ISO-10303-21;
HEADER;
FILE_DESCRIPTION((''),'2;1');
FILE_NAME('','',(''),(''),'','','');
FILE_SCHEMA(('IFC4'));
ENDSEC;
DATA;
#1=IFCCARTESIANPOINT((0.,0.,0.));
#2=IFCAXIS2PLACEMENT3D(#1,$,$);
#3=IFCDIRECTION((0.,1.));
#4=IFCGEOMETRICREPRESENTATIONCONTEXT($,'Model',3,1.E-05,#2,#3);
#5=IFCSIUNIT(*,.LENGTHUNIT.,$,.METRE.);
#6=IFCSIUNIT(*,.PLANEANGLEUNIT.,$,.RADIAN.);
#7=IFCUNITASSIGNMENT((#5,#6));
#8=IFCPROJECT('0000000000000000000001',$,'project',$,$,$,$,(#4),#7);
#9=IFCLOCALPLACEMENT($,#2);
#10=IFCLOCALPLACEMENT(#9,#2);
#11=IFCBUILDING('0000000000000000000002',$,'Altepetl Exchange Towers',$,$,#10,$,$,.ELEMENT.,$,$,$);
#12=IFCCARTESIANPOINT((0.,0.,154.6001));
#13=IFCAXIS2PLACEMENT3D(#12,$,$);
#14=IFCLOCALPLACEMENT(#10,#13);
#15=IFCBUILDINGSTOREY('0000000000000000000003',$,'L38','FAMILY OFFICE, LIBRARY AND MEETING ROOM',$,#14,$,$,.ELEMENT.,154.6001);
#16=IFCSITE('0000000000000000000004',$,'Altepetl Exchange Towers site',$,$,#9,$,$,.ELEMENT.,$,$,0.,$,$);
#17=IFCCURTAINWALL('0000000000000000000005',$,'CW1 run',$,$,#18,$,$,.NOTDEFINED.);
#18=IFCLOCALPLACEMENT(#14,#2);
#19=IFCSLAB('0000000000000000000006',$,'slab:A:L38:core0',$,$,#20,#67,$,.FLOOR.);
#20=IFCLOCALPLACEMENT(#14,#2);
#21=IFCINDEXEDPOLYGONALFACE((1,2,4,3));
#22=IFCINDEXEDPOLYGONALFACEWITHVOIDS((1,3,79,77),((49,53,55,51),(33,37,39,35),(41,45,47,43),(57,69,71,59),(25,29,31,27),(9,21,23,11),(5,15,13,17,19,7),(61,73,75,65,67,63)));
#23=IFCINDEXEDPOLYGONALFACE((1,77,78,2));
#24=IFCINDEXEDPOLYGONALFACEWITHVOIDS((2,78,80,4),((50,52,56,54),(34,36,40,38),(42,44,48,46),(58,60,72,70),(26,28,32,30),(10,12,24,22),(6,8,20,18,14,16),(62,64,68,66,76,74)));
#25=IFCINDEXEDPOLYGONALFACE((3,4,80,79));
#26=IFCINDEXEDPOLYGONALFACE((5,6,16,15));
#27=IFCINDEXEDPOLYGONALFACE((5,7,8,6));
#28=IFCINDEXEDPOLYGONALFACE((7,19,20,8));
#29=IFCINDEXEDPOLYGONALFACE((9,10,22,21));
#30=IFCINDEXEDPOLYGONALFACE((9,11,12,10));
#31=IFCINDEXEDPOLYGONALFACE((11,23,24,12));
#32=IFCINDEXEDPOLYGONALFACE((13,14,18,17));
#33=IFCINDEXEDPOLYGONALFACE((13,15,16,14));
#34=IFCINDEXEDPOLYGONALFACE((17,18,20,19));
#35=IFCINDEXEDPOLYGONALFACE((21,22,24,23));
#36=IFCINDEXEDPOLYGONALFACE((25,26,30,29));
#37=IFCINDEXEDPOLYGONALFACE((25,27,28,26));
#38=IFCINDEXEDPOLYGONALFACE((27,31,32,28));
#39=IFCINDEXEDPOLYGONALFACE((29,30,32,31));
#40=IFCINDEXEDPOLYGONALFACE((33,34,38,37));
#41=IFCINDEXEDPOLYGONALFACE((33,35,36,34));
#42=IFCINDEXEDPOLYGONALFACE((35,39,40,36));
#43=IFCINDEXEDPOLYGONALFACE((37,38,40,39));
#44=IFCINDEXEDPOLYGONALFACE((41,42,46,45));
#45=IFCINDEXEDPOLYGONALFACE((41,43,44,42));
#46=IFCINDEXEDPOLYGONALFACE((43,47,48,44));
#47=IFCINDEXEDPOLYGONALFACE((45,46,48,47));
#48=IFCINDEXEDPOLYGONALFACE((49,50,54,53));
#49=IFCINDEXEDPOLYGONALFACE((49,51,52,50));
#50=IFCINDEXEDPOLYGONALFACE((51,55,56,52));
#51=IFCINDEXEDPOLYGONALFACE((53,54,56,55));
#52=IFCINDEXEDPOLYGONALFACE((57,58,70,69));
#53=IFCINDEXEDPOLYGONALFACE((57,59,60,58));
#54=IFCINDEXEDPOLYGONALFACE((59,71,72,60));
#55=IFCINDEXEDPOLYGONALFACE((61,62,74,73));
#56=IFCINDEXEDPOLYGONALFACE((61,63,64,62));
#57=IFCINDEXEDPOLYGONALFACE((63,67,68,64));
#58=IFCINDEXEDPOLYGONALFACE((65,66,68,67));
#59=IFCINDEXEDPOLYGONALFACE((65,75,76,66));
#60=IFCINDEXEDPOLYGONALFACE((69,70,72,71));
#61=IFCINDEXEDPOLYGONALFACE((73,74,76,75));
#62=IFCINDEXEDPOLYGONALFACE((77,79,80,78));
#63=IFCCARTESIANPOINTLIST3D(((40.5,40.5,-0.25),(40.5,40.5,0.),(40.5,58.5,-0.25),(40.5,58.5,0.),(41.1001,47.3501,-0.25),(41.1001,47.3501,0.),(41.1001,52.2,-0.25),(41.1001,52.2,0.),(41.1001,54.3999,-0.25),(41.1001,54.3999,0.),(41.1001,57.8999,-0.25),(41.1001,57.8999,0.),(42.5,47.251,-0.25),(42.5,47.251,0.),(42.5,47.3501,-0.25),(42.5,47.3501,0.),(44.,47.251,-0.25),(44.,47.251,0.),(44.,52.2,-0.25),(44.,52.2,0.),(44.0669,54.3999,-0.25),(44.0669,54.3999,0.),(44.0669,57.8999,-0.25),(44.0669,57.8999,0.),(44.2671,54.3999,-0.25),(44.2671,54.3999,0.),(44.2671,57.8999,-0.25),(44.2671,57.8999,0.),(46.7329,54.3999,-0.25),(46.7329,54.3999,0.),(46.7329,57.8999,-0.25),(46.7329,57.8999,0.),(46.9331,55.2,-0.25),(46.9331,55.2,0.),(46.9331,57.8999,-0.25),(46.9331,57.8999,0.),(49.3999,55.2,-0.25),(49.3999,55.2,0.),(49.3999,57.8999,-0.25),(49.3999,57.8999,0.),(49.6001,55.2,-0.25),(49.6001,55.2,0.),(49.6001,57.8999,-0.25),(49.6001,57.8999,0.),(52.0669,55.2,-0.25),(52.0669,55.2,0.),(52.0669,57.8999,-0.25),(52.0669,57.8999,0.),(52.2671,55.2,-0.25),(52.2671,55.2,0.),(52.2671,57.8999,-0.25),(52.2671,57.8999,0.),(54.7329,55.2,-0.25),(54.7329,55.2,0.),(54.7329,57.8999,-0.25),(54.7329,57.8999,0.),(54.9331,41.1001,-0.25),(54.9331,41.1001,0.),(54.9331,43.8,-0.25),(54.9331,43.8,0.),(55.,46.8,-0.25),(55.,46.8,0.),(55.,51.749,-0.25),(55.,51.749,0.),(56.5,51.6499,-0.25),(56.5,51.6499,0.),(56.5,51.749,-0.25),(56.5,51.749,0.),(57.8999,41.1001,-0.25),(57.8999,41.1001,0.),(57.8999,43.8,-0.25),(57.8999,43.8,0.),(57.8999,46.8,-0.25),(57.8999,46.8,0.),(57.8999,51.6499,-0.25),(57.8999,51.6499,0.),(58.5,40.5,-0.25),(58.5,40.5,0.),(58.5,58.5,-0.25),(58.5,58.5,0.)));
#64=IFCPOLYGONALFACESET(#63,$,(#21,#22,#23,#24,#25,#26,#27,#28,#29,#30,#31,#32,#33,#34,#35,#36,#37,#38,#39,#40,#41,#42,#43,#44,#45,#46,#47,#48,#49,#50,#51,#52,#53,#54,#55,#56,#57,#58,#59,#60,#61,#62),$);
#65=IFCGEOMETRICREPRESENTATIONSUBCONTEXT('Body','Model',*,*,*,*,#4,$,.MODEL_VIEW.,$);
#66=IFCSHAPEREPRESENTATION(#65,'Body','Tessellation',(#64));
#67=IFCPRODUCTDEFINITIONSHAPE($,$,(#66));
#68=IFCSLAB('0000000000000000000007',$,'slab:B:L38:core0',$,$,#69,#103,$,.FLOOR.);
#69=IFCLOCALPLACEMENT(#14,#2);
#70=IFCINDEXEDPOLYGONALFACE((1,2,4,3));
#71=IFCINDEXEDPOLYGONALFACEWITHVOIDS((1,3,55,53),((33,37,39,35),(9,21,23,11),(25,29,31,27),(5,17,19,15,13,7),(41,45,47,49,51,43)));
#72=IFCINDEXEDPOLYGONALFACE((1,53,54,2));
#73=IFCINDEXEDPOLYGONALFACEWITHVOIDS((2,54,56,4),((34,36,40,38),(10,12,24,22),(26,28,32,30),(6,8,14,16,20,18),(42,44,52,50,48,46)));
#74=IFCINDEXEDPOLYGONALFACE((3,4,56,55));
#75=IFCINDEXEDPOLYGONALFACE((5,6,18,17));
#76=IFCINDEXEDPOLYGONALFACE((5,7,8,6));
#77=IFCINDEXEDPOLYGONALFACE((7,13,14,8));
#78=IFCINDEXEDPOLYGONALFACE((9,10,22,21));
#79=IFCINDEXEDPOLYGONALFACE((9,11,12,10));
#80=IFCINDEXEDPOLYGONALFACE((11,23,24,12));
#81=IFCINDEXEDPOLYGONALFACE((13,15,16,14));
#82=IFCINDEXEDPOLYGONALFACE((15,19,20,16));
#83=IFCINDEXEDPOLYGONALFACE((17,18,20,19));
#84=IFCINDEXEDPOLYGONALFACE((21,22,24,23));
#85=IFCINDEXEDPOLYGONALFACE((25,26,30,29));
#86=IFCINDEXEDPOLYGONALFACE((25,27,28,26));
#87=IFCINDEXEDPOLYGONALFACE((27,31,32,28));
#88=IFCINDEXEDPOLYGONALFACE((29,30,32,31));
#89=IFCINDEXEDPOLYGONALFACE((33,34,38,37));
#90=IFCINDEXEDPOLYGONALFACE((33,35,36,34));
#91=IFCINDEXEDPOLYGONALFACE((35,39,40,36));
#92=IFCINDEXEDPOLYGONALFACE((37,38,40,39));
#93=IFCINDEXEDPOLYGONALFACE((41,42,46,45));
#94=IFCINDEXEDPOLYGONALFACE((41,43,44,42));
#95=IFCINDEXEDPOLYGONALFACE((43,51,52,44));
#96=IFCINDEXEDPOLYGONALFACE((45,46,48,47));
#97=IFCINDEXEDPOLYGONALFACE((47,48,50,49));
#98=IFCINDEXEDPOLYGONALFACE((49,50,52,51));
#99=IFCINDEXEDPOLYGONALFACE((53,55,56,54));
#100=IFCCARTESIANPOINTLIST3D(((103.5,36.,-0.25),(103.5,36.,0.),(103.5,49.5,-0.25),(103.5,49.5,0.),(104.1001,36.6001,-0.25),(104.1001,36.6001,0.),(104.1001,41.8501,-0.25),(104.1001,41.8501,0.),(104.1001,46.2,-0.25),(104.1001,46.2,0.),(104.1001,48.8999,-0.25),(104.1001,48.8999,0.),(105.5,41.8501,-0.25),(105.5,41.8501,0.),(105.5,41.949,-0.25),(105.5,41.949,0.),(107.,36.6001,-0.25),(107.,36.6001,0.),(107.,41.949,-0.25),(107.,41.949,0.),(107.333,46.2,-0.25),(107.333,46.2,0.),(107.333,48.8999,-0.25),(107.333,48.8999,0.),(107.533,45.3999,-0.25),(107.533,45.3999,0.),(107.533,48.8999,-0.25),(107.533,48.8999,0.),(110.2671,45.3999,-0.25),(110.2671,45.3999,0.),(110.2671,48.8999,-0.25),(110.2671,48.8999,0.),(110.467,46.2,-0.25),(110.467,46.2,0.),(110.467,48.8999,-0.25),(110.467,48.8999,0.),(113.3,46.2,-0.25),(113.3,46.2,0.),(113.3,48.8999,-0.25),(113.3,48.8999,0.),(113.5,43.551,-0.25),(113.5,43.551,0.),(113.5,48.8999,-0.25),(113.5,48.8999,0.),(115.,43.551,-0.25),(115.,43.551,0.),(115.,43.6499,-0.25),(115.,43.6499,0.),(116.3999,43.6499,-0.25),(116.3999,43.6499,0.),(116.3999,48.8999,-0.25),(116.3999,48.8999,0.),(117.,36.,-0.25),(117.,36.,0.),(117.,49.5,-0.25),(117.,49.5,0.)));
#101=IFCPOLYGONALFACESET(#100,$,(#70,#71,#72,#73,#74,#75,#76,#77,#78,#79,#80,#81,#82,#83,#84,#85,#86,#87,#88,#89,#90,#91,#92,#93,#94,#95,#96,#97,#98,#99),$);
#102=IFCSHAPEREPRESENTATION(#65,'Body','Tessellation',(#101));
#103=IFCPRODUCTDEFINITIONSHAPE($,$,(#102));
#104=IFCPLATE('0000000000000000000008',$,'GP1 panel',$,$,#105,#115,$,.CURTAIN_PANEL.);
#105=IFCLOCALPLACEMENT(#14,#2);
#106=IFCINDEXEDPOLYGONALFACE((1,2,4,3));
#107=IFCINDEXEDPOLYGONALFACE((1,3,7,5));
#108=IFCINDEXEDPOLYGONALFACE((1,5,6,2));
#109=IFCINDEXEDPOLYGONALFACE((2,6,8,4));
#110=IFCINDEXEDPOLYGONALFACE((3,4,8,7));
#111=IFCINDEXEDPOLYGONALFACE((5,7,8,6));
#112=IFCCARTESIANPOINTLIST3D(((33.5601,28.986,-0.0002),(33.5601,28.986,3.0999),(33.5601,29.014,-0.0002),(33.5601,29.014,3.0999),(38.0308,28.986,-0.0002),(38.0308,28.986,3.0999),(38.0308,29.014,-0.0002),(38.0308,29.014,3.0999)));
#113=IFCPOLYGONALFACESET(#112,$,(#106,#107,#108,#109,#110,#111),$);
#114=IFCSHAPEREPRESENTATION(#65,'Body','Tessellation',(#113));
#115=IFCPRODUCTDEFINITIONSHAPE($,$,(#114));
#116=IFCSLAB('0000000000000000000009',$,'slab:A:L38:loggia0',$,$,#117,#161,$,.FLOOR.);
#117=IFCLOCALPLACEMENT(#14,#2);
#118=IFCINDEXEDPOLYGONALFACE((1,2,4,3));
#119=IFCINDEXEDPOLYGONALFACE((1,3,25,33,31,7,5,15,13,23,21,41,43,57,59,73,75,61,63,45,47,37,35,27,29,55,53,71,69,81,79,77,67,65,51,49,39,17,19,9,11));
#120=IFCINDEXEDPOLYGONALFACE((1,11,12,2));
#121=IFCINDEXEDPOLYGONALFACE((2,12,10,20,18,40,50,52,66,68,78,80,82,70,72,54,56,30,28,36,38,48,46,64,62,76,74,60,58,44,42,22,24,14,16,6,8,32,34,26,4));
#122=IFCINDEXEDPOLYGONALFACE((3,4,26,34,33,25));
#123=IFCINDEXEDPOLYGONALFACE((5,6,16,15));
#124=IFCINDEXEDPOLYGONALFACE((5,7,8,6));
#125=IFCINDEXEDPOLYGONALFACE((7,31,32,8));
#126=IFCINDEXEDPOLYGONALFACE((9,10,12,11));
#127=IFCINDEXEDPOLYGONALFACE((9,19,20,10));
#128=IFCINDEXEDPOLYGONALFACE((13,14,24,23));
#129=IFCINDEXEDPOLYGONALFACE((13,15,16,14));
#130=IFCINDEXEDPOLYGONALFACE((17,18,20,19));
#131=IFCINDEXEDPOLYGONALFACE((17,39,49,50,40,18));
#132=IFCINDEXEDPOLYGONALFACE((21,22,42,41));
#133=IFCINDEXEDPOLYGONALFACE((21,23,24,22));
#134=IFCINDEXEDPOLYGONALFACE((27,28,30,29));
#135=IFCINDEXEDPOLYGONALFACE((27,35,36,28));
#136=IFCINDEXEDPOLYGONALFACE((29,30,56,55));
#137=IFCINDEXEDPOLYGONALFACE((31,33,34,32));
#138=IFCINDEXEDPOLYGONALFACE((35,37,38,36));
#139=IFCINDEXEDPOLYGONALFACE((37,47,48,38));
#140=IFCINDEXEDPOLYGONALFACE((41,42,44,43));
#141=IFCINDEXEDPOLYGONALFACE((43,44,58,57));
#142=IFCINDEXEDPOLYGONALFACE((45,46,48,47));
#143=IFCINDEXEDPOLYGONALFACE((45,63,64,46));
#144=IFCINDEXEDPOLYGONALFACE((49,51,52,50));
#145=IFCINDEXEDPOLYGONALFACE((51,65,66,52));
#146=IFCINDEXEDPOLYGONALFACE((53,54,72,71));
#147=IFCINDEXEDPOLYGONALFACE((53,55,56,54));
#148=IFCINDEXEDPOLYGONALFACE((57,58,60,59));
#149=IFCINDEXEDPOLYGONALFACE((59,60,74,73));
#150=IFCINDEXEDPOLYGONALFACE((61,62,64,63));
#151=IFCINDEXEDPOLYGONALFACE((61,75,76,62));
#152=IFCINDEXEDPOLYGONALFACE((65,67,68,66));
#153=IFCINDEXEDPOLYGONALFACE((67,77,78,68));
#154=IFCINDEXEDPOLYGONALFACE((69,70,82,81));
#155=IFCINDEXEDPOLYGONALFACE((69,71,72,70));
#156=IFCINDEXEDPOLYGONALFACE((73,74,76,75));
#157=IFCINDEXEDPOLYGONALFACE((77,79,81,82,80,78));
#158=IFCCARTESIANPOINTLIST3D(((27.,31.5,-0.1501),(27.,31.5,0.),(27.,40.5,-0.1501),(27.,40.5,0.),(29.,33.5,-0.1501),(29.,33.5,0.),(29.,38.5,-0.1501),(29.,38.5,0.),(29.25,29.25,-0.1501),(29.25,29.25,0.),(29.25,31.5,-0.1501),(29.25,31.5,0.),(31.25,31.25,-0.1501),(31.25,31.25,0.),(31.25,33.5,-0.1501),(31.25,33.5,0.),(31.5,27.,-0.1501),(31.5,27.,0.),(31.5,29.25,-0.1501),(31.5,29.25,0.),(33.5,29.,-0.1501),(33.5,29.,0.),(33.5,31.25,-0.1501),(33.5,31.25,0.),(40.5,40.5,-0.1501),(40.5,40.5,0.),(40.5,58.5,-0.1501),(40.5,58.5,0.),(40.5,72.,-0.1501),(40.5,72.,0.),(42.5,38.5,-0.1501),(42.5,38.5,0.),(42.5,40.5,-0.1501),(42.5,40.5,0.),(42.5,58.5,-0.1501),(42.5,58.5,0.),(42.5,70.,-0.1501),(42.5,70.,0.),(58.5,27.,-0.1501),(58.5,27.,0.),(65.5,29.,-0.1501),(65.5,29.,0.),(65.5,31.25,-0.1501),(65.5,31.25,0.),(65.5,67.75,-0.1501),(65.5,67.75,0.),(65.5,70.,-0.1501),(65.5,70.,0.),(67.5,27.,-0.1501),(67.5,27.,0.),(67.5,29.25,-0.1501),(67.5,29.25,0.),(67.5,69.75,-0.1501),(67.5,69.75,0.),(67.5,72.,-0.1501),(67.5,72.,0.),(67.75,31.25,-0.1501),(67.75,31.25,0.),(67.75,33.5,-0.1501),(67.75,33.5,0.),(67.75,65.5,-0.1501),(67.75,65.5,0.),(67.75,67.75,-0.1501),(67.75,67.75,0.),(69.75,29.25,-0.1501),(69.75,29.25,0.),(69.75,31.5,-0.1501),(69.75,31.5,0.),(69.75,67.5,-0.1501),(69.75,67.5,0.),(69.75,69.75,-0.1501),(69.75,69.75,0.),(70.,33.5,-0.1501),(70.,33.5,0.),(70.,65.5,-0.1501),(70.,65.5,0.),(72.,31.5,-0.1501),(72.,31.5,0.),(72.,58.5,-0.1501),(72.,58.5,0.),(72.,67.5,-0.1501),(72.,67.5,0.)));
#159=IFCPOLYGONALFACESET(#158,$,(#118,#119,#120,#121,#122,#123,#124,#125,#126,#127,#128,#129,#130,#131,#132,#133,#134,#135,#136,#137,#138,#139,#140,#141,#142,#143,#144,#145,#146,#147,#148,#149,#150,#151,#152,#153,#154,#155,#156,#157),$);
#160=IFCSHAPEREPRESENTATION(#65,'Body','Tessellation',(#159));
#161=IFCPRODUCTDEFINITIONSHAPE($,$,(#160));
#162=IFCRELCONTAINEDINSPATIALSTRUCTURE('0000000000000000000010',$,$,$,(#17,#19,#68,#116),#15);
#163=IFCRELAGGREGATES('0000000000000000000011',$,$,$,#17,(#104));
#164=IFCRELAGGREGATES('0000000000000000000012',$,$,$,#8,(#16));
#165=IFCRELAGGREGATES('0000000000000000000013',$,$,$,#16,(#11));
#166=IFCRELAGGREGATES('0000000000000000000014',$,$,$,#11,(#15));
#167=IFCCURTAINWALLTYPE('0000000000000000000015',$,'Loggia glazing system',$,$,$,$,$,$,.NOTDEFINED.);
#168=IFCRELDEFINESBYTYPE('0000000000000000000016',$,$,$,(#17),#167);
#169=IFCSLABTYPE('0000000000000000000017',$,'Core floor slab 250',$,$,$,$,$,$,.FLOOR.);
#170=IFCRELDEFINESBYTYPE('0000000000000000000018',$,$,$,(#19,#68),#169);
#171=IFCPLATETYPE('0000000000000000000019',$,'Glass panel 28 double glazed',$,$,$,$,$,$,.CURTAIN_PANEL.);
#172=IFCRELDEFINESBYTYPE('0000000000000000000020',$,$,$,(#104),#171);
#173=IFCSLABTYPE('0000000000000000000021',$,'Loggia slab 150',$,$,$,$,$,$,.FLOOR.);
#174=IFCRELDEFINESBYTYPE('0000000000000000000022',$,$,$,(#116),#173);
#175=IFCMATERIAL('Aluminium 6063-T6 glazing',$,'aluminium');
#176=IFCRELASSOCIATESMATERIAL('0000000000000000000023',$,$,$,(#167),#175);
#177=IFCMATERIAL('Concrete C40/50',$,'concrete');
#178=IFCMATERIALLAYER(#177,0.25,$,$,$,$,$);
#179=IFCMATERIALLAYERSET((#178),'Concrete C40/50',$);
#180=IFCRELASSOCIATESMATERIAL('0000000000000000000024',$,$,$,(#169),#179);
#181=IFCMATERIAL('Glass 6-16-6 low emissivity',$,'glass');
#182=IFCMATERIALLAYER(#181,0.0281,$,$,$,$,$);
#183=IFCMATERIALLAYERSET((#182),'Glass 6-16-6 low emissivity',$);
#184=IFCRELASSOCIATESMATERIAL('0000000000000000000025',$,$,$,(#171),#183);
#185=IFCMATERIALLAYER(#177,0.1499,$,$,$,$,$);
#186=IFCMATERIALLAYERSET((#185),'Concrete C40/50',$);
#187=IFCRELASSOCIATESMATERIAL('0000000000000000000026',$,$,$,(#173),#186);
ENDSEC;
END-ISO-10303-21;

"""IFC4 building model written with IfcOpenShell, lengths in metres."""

from ifc_helpers import new_model, si_unit, direction, frame, origin, origin_2d, place, context, subcontext, project, spatial, polyline, rectangle, outline, extrude, material, layer, layer_set, type_object, element, aggregate, save


model = new_model("IFC4")

# Units and contexts
model_context = context("Model", 3, precision=1e-05, world=origin(), true_north=direction((0.0, 1.0)))
body_context = subcontext(model_context, "Body", "Model", "MODEL_VIEW")
ifc_project = project(units=[si_unit("LENGTHUNIT", "METRE"), si_unit("PLANEANGLEUNIT", "RADIAN")], contexts=[model_context])

# Site, building, storey
site_placement = place(None, origin())
site = spatial("IfcSite", under=ifc_project, at=site_placement, Name="Altepetl Exchange Towers site", CompositionType="ELEMENT", RefElevation=0.0)
building_placement = place(site_placement, origin())
building = spatial("IfcBuilding", under=site, at=building_placement, Name="Altepetl Exchange Towers", CompositionType="ELEMENT")
storey_placement = place(building_placement, frame((0.0, 0.0, 154.6001)))
storey = spatial("IfcBuildingStorey", under=building, at=storey_placement, Name="L38", Description="FAMILY OFFICE, LIBRARY AND MEETING ROOM", CompositionType="ELEMENT", Elevation=154.6001)

# Curtain wall
ifc_material_1 = material(Name="Aluminium 6063-T6 glazing", Category="aluminium")
curtain_wall_type = type_object("IfcCurtainWallType", Name="Loggia glazing system", PredefinedType="NOTDEFINED", material=ifc_material_1)
curtain_wall_placement = place(storey_placement, origin())
curtain_wall = element("IfcCurtainWall", 1, at=curtain_wall_placement, inside=storey, type_object=curtain_wall_type, Name="CW1 run", PredefinedType="NOTDEFINED")

# Slabs
ifc_material_2 = material(Name="Concrete C40/50", Category="concrete")
ifc_layer_1 = layer(ifc_material_2, 0.25)
ifc_layer_set_1 = layer_set([ifc_layer_1], Name="Concrete C40/50")
slab_type_1 = type_object("IfcSlabType", Name="Core floor slab 250", PredefinedType="FLOOR", material=ifc_layer_set_1)
slab_1_placement = place(storey_placement, frame((0.0, 0.0, -0.25)))
element("IfcSlab", 2, at=slab_1_placement, inside=storey, type_object=slab_type_1, Name="slab:A:L38:core0", PredefinedType="FLOOR", context=body_context, shape_type="SweptSolid", body=[
    extrude(outline(polyline([(40.5, 40.5), (58.5, 40.5), (58.5, 58.5), (40.5, 58.5), (40.5, 40.5)]), holes=[polyline([(54.9331, 43.8), (57.8999, 43.8), (57.8999, 41.1001), (54.9331, 41.1001), (54.9331, 43.8)]), polyline([(55.0, 51.749), (56.5, 51.749), (56.5, 51.6499), (57.8999, 51.6499), (57.8999, 46.8), (55.0, 46.8), (55.0, 51.749)]), polyline([(44.0, 47.251), (42.5, 47.251), (42.5, 47.3501), (41.1001, 47.3501), (41.1001, 52.2), (44.0, 52.2), (44.0, 47.251)]), polyline([(41.1001, 57.8999), (44.0669, 57.8999), (44.0669, 54.3999), (41.1001, 54.3999), (41.1001, 57.8999)]), polyline([(44.2671, 57.8999), (46.7329, 57.8999), (46.7329, 54.3999), (44.2671, 54.3999), (44.2671, 57.8999)]), polyline([(46.9331, 57.8999), (49.3999, 57.8999), (49.3999, 55.2), (46.9331, 55.2), (46.9331, 57.8999)]), polyline([(49.6001, 57.8999), (52.0669, 57.8999), (52.0669, 55.2), (49.6001, 55.2), (49.6001, 57.8999)]), polyline([(52.2671, 57.8999), (54.7329, 57.8999), (54.7329, 55.2), (52.2671, 55.2), (52.2671, 57.8999)])]), origin(), (0.0, 0.0, 1.0), 0.25),
])
slab_2_placement = place(storey_placement, frame((0.0, 0.0, -0.25)))
element("IfcSlab", 3, at=slab_2_placement, inside=storey, type_object=slab_type_1, Name="slab:B:L38:core0", PredefinedType="FLOOR", context=body_context, shape_type="SweptSolid", body=[
    extrude(outline(polyline([(103.5, 36.0), (117.0, 36.0), (117.0, 49.5), (103.5, 49.5), (103.5, 36.0)]), holes=[polyline([(107.0, 36.6001), (104.1001, 36.6001), (104.1001, 41.8501), (105.5, 41.8501), (105.5, 41.949), (107.0, 41.949), (107.0, 36.6001)]), polyline([(113.5, 48.8999), (116.3999, 48.8999), (116.3999, 43.6499), (115.0, 43.6499), (115.0, 43.551), (113.5, 43.551), (113.5, 48.8999)]), polyline([(107.533, 45.3999), (107.533, 48.8999), (110.2671, 48.8999), (110.2671, 45.3999), (107.533, 45.3999)]), polyline([(104.1001, 48.8999), (107.333, 48.8999), (107.333, 46.2), (104.1001, 46.2), (104.1001, 48.8999)]), polyline([(110.467, 48.8999), (113.3, 48.8999), (113.3, 46.2), (110.467, 46.2), (110.467, 48.8999)])]), origin(), (0.0, 0.0, 1.0), 0.25),
])

# Plate
ifc_material_3 = material(Name="Glass 6-16-6 low emissivity", Category="glass")
ifc_layer_2 = layer(ifc_material_3, 0.0281)
ifc_layer_set_2 = layer_set([ifc_layer_2], Name="Glass 6-16-6 low emissivity")
plate_type = type_object("IfcPlateType", Name="Glass panel 28 double glazed", PredefinedType="CURTAIN_PANEL", material=ifc_layer_set_2)
plate_placement = place(storey_placement, frame((35.7954, 29.0, -0.0002)))
plate = element("IfcPlate", 4, at=plate_placement, type_object=plate_type, Name="GP1 panel", PredefinedType="CURTAIN_PANEL", context=body_context, shape_type="SweptSolid", body=[
    extrude(rectangle(XDim=4.4707, YDim=0.0281, at=origin_2d()), origin(), (0.0, 0.0, 1.0), 3.1001),
])
aggregate(curtain_wall, [plate])

# Slab
ifc_layer_3 = layer(ifc_material_2, 0.1499)
ifc_layer_set_3 = layer_set([ifc_layer_3], Name="Concrete C40/50")
slab_type_2 = type_object("IfcSlabType", Name="Loggia slab 150", PredefinedType="FLOOR", material=ifc_layer_set_3)
slab_3_placement = place(storey_placement, frame((0.0, 0.0, -0.1501)))
element("IfcSlab", 5, at=slab_3_placement, inside=storey, type_object=slab_type_2, Name="slab:A:L38:loggia0", PredefinedType="FLOOR", context=body_context, shape_type="SweptSolid", body=[
    extrude(outline(polyline([(40.5, 72.0), (40.5, 58.5), (42.5, 58.5), (42.5, 70.0), (65.5, 70.0), (65.5, 67.75), (67.75, 67.75), (67.75, 65.5), (70.0, 65.5), (70.0, 33.5), (67.75, 33.5), (67.75, 31.25), (65.5, 31.25), (65.5, 29.0), (33.5, 29.0), (33.5, 31.25), (31.25, 31.25), (31.25, 33.5), (29.0, 33.5), (29.0, 38.5), (42.5, 38.5), (42.5, 40.5), (40.5, 40.5), (27.0, 40.5), (27.0, 31.5), (29.25, 31.5), (29.25, 29.25), (31.5, 29.25), (31.5, 27.0), (58.5, 27.0), (67.5, 27.0), (67.5, 29.25), (69.75, 29.25), (69.75, 31.5), (72.0, 31.5), (72.0, 58.5), (72.0, 67.5), (69.75, 67.5), (69.75, 69.75), (67.5, 69.75), (67.5, 72.0), (40.5, 72.0)])), origin(), (0.0, 0.0, 1.0), 0.1501),
])

save(model, "model.ifc")
